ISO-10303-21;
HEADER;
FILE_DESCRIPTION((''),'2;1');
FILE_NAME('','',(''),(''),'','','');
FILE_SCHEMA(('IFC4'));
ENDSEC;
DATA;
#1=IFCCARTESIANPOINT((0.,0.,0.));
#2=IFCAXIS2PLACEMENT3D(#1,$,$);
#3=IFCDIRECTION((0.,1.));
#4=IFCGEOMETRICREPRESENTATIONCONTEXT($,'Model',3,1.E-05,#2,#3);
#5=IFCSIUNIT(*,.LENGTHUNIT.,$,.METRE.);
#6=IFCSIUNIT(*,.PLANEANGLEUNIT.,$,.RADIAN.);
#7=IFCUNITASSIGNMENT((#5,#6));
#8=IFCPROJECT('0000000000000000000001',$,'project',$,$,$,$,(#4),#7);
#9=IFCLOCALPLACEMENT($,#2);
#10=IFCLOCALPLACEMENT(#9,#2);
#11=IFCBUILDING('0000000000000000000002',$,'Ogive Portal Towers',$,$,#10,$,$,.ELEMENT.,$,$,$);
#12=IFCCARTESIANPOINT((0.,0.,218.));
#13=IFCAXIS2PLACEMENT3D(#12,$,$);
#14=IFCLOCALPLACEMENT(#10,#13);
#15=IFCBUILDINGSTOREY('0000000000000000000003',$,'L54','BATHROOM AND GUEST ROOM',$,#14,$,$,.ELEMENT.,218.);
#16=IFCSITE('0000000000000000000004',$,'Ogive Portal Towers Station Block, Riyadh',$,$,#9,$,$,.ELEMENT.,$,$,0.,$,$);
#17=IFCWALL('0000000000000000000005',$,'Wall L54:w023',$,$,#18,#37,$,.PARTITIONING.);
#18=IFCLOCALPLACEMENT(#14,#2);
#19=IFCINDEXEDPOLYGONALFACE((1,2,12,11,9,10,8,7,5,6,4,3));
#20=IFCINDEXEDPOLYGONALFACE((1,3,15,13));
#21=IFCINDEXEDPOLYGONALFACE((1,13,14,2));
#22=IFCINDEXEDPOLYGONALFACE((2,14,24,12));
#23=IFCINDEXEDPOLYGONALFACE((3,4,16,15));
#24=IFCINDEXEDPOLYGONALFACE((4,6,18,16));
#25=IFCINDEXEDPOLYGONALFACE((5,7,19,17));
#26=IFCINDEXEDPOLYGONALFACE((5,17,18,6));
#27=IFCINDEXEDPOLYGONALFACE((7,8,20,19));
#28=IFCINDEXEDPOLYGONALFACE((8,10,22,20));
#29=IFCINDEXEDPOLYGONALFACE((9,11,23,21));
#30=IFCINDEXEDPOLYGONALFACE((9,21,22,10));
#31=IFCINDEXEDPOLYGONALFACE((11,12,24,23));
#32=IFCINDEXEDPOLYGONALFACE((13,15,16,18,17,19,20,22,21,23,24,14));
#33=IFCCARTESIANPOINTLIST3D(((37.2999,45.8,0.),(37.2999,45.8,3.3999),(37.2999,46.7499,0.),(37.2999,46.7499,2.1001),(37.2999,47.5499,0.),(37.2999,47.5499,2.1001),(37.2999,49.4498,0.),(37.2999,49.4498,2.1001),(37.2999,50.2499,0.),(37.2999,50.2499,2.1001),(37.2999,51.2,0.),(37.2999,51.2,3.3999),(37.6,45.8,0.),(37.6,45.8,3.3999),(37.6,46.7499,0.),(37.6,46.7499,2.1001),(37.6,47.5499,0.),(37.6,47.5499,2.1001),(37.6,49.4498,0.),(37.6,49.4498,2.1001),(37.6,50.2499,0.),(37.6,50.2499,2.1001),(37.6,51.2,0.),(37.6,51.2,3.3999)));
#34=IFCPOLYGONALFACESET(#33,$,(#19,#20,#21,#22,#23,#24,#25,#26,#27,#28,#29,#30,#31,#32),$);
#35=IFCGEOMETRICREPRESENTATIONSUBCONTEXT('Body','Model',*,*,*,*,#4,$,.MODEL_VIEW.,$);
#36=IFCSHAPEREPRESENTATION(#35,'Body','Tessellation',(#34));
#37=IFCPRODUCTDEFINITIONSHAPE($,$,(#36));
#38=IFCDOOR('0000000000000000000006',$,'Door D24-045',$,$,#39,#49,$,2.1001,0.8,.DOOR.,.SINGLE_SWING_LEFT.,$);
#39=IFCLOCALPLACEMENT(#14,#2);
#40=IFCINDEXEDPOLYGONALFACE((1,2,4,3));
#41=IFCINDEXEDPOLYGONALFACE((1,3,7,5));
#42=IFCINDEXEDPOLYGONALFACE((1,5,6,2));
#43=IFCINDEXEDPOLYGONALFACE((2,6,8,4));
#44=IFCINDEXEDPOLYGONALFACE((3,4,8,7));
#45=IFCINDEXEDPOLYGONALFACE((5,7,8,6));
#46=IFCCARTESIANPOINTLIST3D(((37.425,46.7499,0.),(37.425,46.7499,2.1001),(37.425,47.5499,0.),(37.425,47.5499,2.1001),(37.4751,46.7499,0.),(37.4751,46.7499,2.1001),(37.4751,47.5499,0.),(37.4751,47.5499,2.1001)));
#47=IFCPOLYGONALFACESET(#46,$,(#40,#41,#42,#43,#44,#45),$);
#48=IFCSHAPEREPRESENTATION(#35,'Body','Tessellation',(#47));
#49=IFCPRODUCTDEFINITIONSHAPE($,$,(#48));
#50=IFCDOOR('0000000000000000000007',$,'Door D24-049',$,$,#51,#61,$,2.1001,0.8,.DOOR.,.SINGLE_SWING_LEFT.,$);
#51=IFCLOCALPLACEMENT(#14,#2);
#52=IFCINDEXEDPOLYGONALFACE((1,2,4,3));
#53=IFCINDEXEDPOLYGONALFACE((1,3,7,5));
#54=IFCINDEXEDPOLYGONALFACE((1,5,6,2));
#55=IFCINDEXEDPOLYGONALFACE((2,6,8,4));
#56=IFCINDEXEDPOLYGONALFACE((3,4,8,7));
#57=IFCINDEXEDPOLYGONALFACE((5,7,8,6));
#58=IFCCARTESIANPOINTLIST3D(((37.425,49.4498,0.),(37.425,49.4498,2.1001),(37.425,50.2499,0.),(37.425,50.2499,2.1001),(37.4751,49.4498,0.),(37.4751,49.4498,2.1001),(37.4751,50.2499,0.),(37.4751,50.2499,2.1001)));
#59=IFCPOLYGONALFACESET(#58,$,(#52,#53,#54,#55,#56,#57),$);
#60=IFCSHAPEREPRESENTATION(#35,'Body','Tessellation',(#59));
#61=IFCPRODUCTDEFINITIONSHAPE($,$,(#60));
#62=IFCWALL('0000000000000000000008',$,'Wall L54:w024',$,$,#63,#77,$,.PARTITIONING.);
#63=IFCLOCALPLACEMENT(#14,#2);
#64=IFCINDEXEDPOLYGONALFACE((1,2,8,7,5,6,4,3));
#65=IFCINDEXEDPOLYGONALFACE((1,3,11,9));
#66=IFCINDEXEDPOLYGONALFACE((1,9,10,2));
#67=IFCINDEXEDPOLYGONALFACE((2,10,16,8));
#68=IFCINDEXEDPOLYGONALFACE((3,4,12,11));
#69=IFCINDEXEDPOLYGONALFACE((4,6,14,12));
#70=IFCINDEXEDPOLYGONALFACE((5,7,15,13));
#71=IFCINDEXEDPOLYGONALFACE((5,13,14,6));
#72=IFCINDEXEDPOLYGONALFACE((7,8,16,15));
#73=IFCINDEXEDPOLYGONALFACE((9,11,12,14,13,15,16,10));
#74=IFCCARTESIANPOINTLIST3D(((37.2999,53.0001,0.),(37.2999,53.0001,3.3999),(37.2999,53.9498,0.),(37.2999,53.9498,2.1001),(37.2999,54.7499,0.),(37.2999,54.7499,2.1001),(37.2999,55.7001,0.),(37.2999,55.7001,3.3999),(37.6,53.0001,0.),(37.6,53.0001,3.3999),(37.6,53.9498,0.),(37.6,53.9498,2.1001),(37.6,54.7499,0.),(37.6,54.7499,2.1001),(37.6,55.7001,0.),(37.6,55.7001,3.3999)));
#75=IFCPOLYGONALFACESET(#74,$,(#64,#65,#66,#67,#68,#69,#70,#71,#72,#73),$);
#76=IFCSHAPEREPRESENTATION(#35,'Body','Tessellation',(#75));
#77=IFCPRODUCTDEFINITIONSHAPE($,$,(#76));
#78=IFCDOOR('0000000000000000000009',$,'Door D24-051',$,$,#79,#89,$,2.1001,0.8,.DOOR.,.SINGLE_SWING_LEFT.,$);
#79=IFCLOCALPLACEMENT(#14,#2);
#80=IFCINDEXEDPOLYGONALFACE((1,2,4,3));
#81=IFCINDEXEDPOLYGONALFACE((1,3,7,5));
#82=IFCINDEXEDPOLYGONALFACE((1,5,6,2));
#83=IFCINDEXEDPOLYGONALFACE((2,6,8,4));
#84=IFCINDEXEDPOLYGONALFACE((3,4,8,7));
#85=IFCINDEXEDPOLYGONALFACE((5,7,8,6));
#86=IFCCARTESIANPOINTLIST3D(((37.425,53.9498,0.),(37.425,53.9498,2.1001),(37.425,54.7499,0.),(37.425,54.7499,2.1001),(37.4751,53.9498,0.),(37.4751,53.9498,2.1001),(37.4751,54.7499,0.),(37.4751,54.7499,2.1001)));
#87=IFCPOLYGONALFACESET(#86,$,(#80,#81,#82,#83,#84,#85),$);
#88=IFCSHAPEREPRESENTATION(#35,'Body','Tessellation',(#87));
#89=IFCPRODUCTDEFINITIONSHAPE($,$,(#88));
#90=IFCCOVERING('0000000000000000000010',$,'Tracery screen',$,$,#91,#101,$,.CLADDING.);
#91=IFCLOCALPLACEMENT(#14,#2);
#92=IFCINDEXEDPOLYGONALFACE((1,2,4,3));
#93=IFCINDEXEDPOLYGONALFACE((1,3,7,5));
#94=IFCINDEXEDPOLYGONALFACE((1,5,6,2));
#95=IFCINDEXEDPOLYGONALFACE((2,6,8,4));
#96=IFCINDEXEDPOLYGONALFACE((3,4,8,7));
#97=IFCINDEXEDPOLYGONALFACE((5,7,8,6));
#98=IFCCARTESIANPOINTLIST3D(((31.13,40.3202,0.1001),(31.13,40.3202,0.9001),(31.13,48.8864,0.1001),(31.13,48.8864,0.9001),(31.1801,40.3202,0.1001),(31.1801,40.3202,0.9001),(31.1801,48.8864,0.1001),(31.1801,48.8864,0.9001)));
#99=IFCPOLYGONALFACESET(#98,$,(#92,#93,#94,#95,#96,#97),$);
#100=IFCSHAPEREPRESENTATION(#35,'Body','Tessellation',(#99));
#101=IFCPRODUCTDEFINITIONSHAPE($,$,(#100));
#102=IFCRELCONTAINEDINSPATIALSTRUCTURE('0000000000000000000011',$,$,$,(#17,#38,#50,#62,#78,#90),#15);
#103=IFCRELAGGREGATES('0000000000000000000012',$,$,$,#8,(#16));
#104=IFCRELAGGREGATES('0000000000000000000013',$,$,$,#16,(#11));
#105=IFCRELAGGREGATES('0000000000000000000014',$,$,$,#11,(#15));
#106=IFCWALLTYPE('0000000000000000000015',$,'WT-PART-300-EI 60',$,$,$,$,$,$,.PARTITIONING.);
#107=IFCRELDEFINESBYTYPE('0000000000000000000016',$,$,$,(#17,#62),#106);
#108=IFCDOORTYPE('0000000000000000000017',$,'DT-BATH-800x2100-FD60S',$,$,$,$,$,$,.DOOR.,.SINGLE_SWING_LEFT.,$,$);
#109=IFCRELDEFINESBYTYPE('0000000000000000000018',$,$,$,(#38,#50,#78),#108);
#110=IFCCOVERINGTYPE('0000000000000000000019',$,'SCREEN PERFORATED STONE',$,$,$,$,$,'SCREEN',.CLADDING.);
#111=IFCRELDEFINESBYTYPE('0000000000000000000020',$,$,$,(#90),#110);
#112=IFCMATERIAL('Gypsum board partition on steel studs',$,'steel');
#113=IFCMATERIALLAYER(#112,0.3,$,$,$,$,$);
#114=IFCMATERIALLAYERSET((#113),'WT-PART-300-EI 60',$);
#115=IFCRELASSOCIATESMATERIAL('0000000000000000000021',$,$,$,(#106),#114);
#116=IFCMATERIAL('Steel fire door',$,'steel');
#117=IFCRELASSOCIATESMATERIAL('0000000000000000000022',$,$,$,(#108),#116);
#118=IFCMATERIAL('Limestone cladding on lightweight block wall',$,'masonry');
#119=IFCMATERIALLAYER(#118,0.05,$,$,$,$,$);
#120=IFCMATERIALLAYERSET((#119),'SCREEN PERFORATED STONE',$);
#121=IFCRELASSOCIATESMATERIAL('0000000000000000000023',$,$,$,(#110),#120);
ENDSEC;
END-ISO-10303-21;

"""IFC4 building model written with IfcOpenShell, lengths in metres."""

from ifc_helpers import new_model, si_unit, direction, frame, frame_2d, origin, origin_2d, place, context, subcontext, project, spatial, rectangle, extrude, material, layer, layer_set, type_object, element, fill, save


model = new_model("IFC4")

# Units and contexts
model_context = context("Model", 3, precision=1e-05, world=origin(), true_north=direction((0.0, 1.0)))
body_context = subcontext(model_context, "Body", "Model", "MODEL_VIEW")
ifc_project = project(units=[si_unit("LENGTHUNIT", "METRE"), si_unit("PLANEANGLEUNIT", "RADIAN")], contexts=[model_context])

# Site, building, storey
site_placement = place(None, origin())
site = spatial("IfcSite", under=ifc_project, at=site_placement, Name="Ogive Portal Towers Station Block, Riyadh", CompositionType="ELEMENT", RefElevation=0.0)
building_placement = place(site_placement, origin())
building = spatial("IfcBuilding", under=site, at=building_placement, Name="Ogive Portal Towers", CompositionType="ELEMENT")
storey_placement = place(building_placement, frame((0.0, 0.0, 218.0)))
storey = spatial("IfcBuildingStorey", under=building, at=storey_placement, Name="L54", Description="BATHROOM AND GUEST ROOM", CompositionType="ELEMENT", Elevation=218.0)

# Shared definitions
ifc_material_1 = material(Name="Limestone cladding on lightweight block wall", Category="masonry")

# Shared definitions
ifc_material_2 = material(Name="Gypsum board partition on steel studs", Category="steel")
ifc_layer_1 = layer(ifc_material_2, 0.3)
ifc_layer_set_1 = layer_set([ifc_layer_1], Name="WT-PART-300-EI 60")
wall_type_1 = type_object("IfcWallType", Name="WT-PART-300-EI 60", PredefinedType="PARTITIONING", material=ifc_layer_set_1)

# Wall, openings, doors
wall_1_placement = place(storey_placement, frame((37.45, 45.8, 0.0), z_axis=(0.0, 0.0, 1.0), x_axis=(0.0, 1.0, 0.0)))
wall_1 = element("IfcWall", 1, at=wall_1_placement, inside=storey, type_object=wall_type_1, Name="Wall L54:w023", PredefinedType="PARTITIONING", context=body_context, shape_type="SweptSolid", body=[
    extrude(rectangle(XDim=5.3999, YDim=0.3, at=frame_2d((2.7, 0.0))), origin(), (0.0, 0.0, 1.0), 3.3999),
])
opening_1_placement = place(wall_1_placement, frame((0.95, 0.0, 0.0)))
opening_1 = element("IfcOpeningElement", 2, at=opening_1_placement, cuts=wall_1, PredefinedType="OPENING", context=body_context, shape_type="SweptSolid", body=[
    extrude(rectangle(XDim=0.8, YDim=2.1001, at=frame_2d((0.3999, 1.05))), frame((0.0, 0.1602, 0.0), z_axis=(0.0, -1.0, 0.0), x_axis=(1.0, 0.0, 0.0)), (0.0, 0.0, 1.0), 0.3201),
])
opening_2_placement = place(wall_1_placement, frame((3.6499, 0.0, 0.0)))
opening_2 = element("IfcOpeningElement", 3, at=opening_2_placement, cuts=wall_1, PredefinedType="OPENING", context=body_context, shape_type="SweptSolid", body=[
    extrude(rectangle(XDim=0.8, YDim=2.1001, at=frame_2d((0.3999, 1.05))), frame((0.0, 0.1602, 0.0), z_axis=(0.0, -1.0, 0.0), x_axis=(1.0, 0.0, 0.0)), (0.0, 0.0, 1.0), 0.3201),
])
ifc_material_3 = material(Name="Steel fire door", Category="steel")
door_type = type_object("IfcDoorType", Name="DT-BATH-800x2100-FD60S", OperationType="SINGLE_SWING_LEFT", PredefinedType="DOOR", material=ifc_material_3)
door_1_placement = place(opening_1_placement, origin())
door_1 = element("IfcDoor", 4, at=door_1_placement, inside=storey, type_object=door_type, Name="Door D24-045", OperationType="SINGLE_SWING_LEFT", OverallHeight=2.1001, OverallWidth=0.8, PredefinedType="DOOR", context=body_context, shape_type="SweptSolid", body=[
    extrude(rectangle(XDim=0.8, YDim=2.1001, at=frame_2d((0.3999, 1.05))), frame((0.0, 0.0249, 0.0), z_axis=(0.0, -1.0, 0.0), x_axis=(1.0, 0.0, 0.0)), (0.0, 0.0, 1.0), 0.05),
])
fill(opening_1, door_1)
door_2_placement = place(opening_2_placement, origin())
door_2 = element("IfcDoor", 5, at=door_2_placement, inside=storey, type_object=door_type, Name="Door D24-049", OperationType="SINGLE_SWING_LEFT", OverallHeight=2.1001, OverallWidth=0.8, PredefinedType="DOOR", context=body_context, shape_type="SweptSolid", body=[
    extrude(rectangle(XDim=0.8, YDim=2.1001, at=frame_2d((0.3999, 1.05))), frame((0.0, 0.0249, 0.0), z_axis=(0.0, -1.0, 0.0), x_axis=(1.0, 0.0, 0.0)), (0.0, 0.0, 1.0), 0.05),
])
fill(opening_2, door_2)

# Wall, opening, door
wall_2_placement = place(storey_placement, frame((37.45, 53.0, 0.0), z_axis=(0.0, 0.0, 1.0), x_axis=(0.0, 1.0, 0.0)))
wall_2 = element("IfcWall", 6, at=wall_2_placement, inside=storey, type_object=wall_type_1, Name="Wall L54:w024", PredefinedType="PARTITIONING", context=body_context, shape_type="SweptSolid", body=[
    extrude(rectangle(XDim=2.7, YDim=0.3, at=frame_2d((1.3501, 0.0))), origin(), (0.0, 0.0, 1.0), 3.3999),
])
opening_3_placement = place(wall_2_placement, frame((0.95, 0.0, 0.0)))
opening_3 = element("IfcOpeningElement", 7, at=opening_3_placement, cuts=wall_2, PredefinedType="OPENING", context=body_context, shape_type="SweptSolid", body=[
    extrude(rectangle(XDim=0.8, YDim=2.1001, at=frame_2d((0.3999, 1.05))), frame((0.0, 0.1602, 0.0), z_axis=(0.0, -1.0, 0.0), x_axis=(1.0, 0.0, 0.0)), (0.0, 0.0, 1.0), 0.3201),
])
door_3_placement = place(opening_3_placement, origin())
door_3 = element("IfcDoor", 8, at=door_3_placement, inside=storey, type_object=door_type, Name="Door D24-051", OperationType="SINGLE_SWING_LEFT", OverallHeight=2.1001, OverallWidth=0.8, PredefinedType="DOOR", context=body_context, shape_type="SweptSolid", body=[
    extrude(rectangle(XDim=0.8, YDim=2.1001, at=frame_2d((0.3999, 1.05))), frame((0.0, 0.0249, 0.0), z_axis=(0.0, -1.0, 0.0), x_axis=(1.0, 0.0, 0.0)), (0.0, 0.0, 1.0), 0.05),
])
fill(opening_3, door_3)

# Covering
ifc_layer_2 = layer(ifc_material_1, 0.05)
ifc_layer_set_2 = layer_set([ifc_layer_2], Name="SCREEN PERFORATED STONE")
covering_type = type_object("IfcCoveringType", Name="SCREEN PERFORATED STONE", ElementType="SCREEN", PredefinedType="CLADDING", material=ifc_layer_set_2)
covering_placement = place(storey_placement, frame((31.155, 44.6033, 0.1001), z_axis=(0.0, 0.0, 1.0), x_axis=(0.0, -1.0, 0.0)))
element("IfcCovering", 9, at=covering_placement, inside=storey, type_object=covering_type, Name="Tracery screen", PredefinedType="CLADDING", context=body_context, shape_type="SweptSolid", body=[
    extrude(rectangle(XDim=8.5662, YDim=0.05, at=origin_2d()), origin(), (0.0, 0.0, 1.0), 0.8),
])

save(model, "model.ifc")
